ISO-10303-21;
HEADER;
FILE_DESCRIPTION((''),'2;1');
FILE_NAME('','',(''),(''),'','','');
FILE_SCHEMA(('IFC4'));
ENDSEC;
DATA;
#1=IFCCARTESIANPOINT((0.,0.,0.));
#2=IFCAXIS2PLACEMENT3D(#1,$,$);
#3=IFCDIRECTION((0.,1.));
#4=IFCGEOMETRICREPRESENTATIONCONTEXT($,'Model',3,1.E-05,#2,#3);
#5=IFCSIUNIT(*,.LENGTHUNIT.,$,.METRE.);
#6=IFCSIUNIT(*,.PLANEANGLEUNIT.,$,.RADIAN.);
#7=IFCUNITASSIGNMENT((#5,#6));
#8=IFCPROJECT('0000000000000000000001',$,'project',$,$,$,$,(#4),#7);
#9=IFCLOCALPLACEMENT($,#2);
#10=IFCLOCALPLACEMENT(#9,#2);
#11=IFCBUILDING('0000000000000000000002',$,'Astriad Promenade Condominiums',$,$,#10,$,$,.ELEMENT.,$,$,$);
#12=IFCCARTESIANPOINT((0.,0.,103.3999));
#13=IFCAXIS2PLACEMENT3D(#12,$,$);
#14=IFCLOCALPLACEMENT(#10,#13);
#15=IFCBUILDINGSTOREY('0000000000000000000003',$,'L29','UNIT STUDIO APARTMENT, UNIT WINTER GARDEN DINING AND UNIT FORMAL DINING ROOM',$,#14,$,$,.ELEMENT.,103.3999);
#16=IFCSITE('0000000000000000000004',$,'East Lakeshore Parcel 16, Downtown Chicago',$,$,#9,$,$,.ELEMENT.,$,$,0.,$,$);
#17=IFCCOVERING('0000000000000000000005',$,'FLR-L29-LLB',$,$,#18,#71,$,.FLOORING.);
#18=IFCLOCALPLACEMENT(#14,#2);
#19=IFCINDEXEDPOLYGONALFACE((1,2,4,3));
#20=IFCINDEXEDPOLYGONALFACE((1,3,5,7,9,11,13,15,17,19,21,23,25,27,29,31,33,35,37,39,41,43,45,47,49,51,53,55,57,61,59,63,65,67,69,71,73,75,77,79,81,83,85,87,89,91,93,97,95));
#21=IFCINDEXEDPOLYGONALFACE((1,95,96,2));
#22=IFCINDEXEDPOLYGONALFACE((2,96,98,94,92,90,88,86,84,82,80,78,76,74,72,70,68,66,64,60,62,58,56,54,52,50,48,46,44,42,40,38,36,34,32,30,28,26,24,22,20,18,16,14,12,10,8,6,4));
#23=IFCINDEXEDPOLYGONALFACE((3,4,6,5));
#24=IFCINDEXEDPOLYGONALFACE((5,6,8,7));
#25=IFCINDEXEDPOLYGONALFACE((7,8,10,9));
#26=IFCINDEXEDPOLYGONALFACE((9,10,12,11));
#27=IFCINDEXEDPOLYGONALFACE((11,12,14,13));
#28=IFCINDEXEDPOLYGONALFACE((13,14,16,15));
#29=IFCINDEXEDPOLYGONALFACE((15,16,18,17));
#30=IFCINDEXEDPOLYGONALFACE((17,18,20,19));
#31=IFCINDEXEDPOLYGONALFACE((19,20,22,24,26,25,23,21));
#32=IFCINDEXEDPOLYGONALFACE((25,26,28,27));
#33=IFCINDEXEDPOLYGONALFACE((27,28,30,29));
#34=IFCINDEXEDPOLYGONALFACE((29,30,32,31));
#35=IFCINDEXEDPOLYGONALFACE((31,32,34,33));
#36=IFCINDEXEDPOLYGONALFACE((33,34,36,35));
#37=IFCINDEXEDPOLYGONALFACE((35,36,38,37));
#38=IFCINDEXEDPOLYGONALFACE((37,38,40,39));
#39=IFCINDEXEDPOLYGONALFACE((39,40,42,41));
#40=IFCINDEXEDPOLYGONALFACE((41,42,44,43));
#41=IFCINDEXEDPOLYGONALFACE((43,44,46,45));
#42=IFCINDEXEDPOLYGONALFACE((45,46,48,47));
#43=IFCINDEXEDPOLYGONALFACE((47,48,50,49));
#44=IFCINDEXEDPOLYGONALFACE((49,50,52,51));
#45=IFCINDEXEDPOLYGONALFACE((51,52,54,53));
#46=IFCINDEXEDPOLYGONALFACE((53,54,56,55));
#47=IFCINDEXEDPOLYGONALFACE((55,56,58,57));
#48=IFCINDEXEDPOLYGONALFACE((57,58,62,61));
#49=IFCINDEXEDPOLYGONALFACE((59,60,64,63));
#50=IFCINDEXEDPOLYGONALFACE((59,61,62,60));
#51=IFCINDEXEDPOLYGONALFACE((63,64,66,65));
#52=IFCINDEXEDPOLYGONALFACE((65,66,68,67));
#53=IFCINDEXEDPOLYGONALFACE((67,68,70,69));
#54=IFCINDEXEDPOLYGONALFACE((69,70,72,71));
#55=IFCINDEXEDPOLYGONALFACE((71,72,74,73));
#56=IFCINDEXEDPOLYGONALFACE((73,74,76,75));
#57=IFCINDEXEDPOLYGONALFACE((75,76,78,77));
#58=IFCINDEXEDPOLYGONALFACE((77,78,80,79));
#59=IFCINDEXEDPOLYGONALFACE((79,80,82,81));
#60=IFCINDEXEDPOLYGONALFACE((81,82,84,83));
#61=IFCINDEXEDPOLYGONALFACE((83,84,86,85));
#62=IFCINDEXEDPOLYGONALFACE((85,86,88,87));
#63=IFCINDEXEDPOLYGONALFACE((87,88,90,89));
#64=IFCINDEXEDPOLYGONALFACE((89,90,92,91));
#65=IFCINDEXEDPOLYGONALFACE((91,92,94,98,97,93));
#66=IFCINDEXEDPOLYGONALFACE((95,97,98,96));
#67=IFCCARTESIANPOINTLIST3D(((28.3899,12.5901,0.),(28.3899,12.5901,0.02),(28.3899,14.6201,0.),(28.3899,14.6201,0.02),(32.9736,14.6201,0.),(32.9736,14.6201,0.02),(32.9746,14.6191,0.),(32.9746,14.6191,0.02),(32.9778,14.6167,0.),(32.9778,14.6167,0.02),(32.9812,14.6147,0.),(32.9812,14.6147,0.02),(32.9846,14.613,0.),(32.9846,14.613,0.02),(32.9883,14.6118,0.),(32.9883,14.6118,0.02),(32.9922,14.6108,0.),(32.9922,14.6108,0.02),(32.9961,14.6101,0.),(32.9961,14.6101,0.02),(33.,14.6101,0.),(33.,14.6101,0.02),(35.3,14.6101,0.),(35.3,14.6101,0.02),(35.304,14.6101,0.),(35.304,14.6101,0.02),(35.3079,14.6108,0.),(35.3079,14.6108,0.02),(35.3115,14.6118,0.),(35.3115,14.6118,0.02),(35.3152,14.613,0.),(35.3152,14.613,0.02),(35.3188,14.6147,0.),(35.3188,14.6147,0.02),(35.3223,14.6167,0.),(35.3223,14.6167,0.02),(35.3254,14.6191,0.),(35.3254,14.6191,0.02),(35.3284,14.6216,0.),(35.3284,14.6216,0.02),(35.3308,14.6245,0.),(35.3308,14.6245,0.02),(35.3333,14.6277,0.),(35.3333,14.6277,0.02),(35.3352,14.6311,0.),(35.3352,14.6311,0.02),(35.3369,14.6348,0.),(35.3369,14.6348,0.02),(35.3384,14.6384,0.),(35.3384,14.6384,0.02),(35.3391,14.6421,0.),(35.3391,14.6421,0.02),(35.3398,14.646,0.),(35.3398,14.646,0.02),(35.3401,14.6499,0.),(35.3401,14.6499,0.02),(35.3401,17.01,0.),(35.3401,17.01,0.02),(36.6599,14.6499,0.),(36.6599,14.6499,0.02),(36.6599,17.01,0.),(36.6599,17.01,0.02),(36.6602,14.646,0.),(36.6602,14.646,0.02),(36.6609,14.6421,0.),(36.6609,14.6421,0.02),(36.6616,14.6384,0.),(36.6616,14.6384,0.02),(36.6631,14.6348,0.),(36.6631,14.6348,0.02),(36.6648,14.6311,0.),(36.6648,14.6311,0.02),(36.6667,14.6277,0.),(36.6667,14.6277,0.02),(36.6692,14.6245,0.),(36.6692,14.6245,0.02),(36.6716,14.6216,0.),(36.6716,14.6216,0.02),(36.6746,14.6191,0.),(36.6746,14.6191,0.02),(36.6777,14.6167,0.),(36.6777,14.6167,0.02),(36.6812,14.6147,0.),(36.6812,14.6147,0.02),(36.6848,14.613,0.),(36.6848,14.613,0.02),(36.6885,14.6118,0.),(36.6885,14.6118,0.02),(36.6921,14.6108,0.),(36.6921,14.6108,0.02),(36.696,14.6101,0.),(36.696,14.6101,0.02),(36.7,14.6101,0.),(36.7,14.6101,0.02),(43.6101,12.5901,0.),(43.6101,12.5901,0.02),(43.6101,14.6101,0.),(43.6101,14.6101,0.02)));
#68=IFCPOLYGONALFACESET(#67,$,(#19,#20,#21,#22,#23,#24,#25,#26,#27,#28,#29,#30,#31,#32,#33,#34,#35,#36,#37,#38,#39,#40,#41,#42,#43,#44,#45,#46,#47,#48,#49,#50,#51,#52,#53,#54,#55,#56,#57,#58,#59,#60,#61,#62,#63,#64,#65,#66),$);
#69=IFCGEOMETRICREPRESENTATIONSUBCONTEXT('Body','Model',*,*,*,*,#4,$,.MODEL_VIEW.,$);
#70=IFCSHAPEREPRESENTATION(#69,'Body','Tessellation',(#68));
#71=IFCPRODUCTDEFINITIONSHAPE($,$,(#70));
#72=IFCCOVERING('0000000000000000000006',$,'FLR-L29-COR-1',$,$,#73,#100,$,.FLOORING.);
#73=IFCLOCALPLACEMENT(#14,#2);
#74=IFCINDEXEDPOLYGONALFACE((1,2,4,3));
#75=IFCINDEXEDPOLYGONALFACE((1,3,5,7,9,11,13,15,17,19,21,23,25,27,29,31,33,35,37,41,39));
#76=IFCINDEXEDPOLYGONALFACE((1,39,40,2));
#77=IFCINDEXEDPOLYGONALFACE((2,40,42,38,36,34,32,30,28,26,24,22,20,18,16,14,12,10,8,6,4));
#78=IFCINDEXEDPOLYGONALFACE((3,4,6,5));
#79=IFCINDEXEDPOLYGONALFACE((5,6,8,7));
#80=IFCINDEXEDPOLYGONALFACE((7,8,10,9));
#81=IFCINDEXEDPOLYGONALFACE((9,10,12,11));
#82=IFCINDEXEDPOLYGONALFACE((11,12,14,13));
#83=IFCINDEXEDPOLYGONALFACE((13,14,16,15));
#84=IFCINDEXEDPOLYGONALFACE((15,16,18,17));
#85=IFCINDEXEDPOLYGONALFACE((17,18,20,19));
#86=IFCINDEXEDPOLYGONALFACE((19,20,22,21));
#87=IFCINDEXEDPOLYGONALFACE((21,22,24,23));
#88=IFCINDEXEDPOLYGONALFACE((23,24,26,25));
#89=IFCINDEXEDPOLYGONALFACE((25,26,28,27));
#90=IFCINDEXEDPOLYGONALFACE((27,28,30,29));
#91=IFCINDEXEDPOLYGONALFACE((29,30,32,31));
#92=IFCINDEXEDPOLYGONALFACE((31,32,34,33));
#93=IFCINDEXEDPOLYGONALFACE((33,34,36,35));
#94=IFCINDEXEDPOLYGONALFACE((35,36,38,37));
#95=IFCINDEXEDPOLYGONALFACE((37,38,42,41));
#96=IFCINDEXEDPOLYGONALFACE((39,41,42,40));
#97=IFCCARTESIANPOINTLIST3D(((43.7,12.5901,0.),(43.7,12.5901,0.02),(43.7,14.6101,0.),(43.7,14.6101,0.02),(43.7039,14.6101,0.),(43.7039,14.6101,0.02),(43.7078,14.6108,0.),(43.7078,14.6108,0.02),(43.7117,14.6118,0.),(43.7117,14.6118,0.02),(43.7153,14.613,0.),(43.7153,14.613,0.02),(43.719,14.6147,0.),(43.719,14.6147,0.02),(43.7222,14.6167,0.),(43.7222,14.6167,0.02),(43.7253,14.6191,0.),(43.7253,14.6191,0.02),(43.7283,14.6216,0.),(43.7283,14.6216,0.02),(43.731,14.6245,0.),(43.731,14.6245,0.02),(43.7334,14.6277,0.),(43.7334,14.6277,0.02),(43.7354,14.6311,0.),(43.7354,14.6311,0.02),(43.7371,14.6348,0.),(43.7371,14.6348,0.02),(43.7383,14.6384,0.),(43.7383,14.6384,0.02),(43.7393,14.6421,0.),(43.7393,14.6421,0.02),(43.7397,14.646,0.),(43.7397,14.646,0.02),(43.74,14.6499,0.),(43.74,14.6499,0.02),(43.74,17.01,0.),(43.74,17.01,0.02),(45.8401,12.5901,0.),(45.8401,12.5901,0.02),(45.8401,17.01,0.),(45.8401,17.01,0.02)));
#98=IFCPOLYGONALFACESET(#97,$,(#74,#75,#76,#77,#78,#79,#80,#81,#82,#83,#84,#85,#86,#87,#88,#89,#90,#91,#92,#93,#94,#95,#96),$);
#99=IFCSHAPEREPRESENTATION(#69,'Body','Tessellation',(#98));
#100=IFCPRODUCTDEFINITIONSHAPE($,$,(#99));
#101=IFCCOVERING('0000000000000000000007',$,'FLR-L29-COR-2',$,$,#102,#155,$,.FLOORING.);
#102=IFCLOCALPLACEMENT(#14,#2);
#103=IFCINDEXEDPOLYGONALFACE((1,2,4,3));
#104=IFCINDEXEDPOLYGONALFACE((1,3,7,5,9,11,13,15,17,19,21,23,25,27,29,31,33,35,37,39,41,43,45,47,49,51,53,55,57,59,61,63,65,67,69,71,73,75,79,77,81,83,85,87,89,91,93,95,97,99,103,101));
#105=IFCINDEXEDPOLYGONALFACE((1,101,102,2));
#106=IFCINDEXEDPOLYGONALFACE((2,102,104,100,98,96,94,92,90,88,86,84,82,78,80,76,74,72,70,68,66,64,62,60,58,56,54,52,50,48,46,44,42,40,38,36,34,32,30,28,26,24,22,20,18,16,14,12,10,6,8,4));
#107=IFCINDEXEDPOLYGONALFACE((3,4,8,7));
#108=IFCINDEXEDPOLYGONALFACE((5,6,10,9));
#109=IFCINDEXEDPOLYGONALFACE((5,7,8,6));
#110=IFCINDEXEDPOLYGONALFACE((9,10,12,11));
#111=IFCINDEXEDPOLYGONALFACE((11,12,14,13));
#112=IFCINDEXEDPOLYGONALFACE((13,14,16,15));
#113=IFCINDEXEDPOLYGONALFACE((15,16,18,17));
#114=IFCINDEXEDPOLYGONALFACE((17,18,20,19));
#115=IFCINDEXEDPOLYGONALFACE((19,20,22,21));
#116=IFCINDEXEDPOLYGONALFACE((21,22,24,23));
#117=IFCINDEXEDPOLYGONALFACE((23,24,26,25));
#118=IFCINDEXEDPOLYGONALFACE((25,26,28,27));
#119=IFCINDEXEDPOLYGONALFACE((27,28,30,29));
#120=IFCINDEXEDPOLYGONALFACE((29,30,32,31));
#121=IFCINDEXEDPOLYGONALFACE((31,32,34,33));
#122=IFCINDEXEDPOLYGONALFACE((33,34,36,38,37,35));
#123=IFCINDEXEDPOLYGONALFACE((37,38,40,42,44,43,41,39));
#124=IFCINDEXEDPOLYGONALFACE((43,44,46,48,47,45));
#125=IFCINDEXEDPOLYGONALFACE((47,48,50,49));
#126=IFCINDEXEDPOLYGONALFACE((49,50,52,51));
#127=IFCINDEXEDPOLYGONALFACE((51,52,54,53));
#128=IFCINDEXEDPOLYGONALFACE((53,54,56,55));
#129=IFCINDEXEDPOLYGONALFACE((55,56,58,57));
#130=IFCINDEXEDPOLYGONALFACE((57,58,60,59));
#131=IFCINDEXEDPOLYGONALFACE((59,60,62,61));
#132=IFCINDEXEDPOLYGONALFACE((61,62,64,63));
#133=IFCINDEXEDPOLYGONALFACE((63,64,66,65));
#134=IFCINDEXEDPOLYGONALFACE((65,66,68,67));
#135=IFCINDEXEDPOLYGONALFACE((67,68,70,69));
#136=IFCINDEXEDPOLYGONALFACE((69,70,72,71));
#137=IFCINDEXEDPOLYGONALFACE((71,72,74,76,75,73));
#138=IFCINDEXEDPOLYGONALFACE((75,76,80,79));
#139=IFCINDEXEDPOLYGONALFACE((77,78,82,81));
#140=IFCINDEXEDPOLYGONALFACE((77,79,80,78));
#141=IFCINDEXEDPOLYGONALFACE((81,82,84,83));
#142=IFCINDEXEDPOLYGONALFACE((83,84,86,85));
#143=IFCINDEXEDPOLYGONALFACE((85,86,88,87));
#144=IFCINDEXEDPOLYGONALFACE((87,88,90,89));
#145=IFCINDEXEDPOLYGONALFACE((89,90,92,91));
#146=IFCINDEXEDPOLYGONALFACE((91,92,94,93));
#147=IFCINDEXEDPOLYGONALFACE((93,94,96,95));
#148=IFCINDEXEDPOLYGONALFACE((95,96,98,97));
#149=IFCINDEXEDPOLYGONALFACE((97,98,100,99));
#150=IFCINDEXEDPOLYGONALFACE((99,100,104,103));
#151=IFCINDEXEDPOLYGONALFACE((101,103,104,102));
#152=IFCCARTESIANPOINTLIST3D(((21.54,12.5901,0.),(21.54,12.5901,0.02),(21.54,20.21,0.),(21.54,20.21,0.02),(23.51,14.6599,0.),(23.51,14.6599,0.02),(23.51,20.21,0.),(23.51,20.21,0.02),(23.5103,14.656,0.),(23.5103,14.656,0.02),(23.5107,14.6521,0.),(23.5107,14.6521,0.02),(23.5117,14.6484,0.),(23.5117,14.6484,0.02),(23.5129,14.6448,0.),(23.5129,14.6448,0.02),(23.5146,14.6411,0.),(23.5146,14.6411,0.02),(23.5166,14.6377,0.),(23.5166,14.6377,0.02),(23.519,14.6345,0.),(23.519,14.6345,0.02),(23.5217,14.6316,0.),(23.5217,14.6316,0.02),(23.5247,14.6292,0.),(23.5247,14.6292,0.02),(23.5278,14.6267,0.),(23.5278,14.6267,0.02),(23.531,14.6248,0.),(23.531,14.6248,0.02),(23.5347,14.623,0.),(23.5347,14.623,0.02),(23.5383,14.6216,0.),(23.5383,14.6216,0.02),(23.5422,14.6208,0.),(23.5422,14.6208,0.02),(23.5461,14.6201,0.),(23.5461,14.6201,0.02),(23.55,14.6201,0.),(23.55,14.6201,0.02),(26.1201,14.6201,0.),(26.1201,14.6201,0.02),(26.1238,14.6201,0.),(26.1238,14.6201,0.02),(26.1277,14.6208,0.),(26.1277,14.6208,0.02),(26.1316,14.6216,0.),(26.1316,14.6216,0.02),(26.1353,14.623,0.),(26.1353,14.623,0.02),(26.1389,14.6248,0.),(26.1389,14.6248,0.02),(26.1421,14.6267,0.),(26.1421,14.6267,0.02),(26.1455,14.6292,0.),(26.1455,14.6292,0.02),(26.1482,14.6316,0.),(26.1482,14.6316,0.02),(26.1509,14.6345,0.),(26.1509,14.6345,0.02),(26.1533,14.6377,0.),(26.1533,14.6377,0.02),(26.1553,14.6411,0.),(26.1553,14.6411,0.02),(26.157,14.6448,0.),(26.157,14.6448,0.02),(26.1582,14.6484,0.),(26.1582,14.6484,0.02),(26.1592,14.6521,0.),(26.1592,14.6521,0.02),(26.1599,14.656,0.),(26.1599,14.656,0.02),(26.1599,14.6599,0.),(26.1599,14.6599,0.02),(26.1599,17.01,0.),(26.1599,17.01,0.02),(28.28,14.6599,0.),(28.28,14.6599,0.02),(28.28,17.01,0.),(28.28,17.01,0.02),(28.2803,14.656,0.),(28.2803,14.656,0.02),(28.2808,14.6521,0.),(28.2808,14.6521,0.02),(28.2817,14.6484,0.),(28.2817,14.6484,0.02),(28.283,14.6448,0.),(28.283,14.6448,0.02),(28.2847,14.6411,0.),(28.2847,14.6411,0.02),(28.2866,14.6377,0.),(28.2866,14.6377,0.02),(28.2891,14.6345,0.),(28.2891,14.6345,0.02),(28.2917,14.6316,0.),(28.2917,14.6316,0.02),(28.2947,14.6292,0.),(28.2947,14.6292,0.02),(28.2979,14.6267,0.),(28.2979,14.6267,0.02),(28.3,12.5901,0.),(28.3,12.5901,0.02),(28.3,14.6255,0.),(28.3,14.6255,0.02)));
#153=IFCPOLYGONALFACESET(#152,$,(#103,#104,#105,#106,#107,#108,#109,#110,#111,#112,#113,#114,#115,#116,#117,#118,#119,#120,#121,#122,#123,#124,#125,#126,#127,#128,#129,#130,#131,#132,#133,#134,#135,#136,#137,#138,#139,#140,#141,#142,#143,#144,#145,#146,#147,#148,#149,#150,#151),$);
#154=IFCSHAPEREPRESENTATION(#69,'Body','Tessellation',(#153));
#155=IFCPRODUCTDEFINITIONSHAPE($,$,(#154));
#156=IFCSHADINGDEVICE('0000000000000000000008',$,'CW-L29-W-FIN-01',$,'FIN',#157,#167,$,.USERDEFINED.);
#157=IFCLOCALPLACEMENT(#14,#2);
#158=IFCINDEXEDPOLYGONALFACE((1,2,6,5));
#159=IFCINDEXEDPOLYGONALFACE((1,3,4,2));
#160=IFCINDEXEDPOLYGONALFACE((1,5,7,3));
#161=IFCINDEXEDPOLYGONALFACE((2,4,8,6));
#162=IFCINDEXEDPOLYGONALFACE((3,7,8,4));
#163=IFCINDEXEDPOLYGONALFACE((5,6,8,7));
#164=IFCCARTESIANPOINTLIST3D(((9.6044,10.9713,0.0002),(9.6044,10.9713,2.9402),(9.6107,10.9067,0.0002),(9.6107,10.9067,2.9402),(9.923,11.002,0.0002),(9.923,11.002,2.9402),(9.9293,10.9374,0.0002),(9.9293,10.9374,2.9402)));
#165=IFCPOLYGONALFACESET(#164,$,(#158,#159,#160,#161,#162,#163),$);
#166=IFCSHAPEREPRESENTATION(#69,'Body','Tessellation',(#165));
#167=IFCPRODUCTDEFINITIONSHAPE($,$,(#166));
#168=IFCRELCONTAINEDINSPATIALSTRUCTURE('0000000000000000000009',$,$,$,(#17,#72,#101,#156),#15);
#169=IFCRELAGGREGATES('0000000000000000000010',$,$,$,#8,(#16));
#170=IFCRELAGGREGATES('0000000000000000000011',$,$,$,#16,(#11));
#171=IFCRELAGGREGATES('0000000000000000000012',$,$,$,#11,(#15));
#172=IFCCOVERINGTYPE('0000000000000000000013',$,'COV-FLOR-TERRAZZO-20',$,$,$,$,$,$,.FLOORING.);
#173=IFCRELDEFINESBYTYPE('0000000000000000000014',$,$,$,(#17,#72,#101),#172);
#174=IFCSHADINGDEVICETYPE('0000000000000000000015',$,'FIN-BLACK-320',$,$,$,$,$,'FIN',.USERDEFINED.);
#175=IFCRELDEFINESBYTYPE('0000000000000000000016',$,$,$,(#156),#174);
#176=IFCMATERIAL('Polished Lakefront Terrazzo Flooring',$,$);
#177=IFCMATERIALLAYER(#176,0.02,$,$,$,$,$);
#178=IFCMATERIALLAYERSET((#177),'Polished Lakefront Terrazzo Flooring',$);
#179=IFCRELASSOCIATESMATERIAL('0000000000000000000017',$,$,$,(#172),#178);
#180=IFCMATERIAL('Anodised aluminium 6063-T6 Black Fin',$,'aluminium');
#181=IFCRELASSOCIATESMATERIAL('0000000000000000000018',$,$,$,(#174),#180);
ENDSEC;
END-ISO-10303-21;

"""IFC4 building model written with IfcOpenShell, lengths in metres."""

from ifc_helpers import new_model, si_unit, direction, frame, origin, origin_2d, place, context, subcontext, project, spatial, polyline, rectangle, outline, extrude, source, transform, mapped, material, layer, layer_set, type_object, type_shapes, element, save


model = new_model("IFC4")

# Units and contexts
model_context = context("Model", 3, precision=1e-05, world=origin(), true_north=direction((0.0, 1.0)))
body_context = subcontext(model_context, "Body", "Model", "MODEL_VIEW")
ifc_project = project(units=[si_unit("LENGTHUNIT", "METRE"), si_unit("PLANEANGLEUNIT", "RADIAN")], contexts=[model_context])

# Site, building, storey
site_placement = place(None, origin())
site = spatial("IfcSite", under=ifc_project, at=site_placement, Name="East Lakeshore Parcel 16, Downtown Chicago", CompositionType="ELEMENT", RefElevation=0.0)
building_placement = place(site_placement, origin())
building = spatial("IfcBuilding", under=site, at=building_placement, Name="Astriad Promenade Condominiums", CompositionType="ELEMENT")
storey_placement = place(building_placement, frame((0.0, 0.0, 103.3999)))
storey = spatial("IfcBuildingStorey", under=building, at=storey_placement, Name="L29", Description="UNIT STUDIO APARTMENT, UNIT WINTER GARDEN DINING AND UNIT FORMAL DINING ROOM", CompositionType="ELEMENT", Elevation=103.3999)

# Coverings
ifc_material_1 = material(Name="Polished Lakefront Terrazzo Flooring")
ifc_layer_1 = layer(ifc_material_1, 0.02)
ifc_layer_set_1 = layer_set([ifc_layer_1], Name="Polished Lakefront Terrazzo Flooring")
covering_type = type_object("IfcCoveringType", Name="COV-FLOR-TERRAZZO-20", PredefinedType="FLOORING", material=ifc_layer_set_1)
covering_1_placement = place(storey_placement, origin())
element("IfcCovering", 1, at=covering_1_placement, inside=storey, type_object=covering_type, Name="FLR-L29-LLB", PredefinedType="FLOORING", context=body_context, shape_type="SweptSolid", body=[
    extrude(outline(polyline([(32.9736, 14.6201), (32.9746, 14.6191), (32.9778, 14.6167), (32.9812, 14.6147), (32.9846, 14.613), (32.9883, 14.6118), (32.9922, 14.6108), (32.9961, 14.6101), (33.0, 14.6101), (35.3, 14.6101), (35.304, 14.6101), (35.3079, 14.6108), (35.3115, 14.6118), (35.3152, 14.613), (35.3188, 14.6147), (35.3223, 14.6167), (35.3254, 14.6191), (35.3284, 14.6216), (35.3308, 14.6245), (35.3333, 14.6277), (35.3352, 14.6311), (35.3369, 14.6348), (35.3384, 14.6384), (35.3391, 14.6421), (35.3398, 14.646), (35.3401, 14.6499), (35.3401, 17.01), (36.6599, 17.01), (36.6599, 14.6499), (36.6602, 14.646), (36.6609, 14.6421), (36.6616, 14.6384), (36.6631, 14.6348), (36.6648, 14.6311), (36.6667, 14.6277), (36.6692, 14.6245), (36.6716, 14.6216), (36.6746, 14.6191), (36.6777, 14.6167), (36.6812, 14.6147), (36.6848, 14.613), (36.6885, 14.6118), (36.6921, 14.6108), (36.696, 14.6101), (36.7, 14.6101), (43.6101, 14.6101), (43.6101, 12.5901), (28.3899, 12.5901), (28.3899, 14.6201), (32.9736, 14.6201)])), origin(), (0.0, 0.0, 1.0), 0.02),
])
covering_2_placement = place(storey_placement, origin())
element("IfcCovering", 2, at=covering_2_placement, inside=storey, type_object=covering_type, Name="FLR-L29-COR-1", PredefinedType="FLOORING", context=body_context, shape_type="SweptSolid", body=[
    extrude(outline(polyline([(43.7, 12.5901), (43.7, 14.6101), (43.7039, 14.6101), (43.7078, 14.6108), (43.7117, 14.6118), (43.7153, 14.613), (43.719, 14.6147), (43.7222, 14.6167), (43.7253, 14.6191), (43.7283, 14.6216), (43.731, 14.6245), (43.7334, 14.6277), (43.7354, 14.6311), (43.7371, 14.6348), (43.7383, 14.6384), (43.7393, 14.6421), (43.7397, 14.646), (43.74, 14.6499), (43.74, 17.01), (45.8401, 17.01), (45.8401, 12.5901), (43.7, 12.5901)])), origin(), (0.0, 0.0, 1.0), 0.02),
])
covering_3_placement = place(storey_placement, origin())
element("IfcCovering", 3, at=covering_3_placement, inside=storey, type_object=covering_type, Name="FLR-L29-COR-2", PredefinedType="FLOORING", context=body_context, shape_type="SweptSolid", body=[
    extrude(outline(polyline([(28.3, 12.5901), (21.54, 12.5901), (21.54, 20.21), (23.51, 20.21), (23.51, 14.6599), (23.5103, 14.656), (23.5107, 14.6521), (23.5117, 14.6484), (23.5129, 14.6448), (23.5146, 14.6411), (23.5166, 14.6377), (23.519, 14.6345), (23.5217, 14.6316), (23.5247, 14.6292), (23.5278, 14.6267), (23.531, 14.6248), (23.5347, 14.623), (23.5383, 14.6216), (23.5422, 14.6208), (23.5461, 14.6201), (23.55, 14.6201), (26.1201, 14.6201), (26.1238, 14.6201), (26.1277, 14.6208), (26.1316, 14.6216), (26.1353, 14.623), (26.1389, 14.6248), (26.1421, 14.6267), (26.1455, 14.6292), (26.1482, 14.6316), (26.1509, 14.6345), (26.1533, 14.6377), (26.1553, 14.6411), (26.157, 14.6448), (26.1582, 14.6484), (26.1592, 14.6521), (26.1599, 14.656), (26.1599, 14.6599), (26.1599, 17.01), (28.28, 17.01), (28.28, 14.6599), (28.2803, 14.656), (28.2808, 14.6521), (28.2817, 14.6484), (28.283, 14.6448), (28.2847, 14.6411), (28.2866, 14.6377), (28.2891, 14.6345), (28.2917, 14.6316), (28.2947, 14.6292), (28.2979, 14.6267), (28.3, 14.6255), (28.3, 12.5901)])), origin(), (0.0, 0.0, 1.0), 0.02),
])

# Shading device
ifc_material_2 = material(Name="Anodised aluminium 6063-T6 Black Fin", Category="aluminium")
shading_device_type = type_object("IfcShadingDeviceType", Name="FIN-BLACK-320", ElementType="FIN", PredefinedType="USERDEFINED", material=ifc_material_2)
shared_shape_1 = source(origin(), body_context, "Body", "SweptSolid", [
    extrude(rectangle(XDim=0.0649, YDim=0.3201, at=origin_2d()), origin(), (0.0, 0.0, 1.0), 2.9399),
])
type_shapes(shading_device_type, [shared_shape_1])
shading_device_placement = place(storey_placement, frame((9.7668, 10.9543, 0.0002), z_axis=(0.0, 0.0, 1.0), x_axis=(-0.095846, 0.995396, 0.0)))
element("IfcShadingDevice", 4, at=shading_device_placement, inside=storey, type_object=shading_device_type, Name="CW-L29-W-FIN-01", ObjectType="FIN", PredefinedType="USERDEFINED", context=body_context, shape_type="MappedRepresentation", body=[
    mapped(shared_shape_1, transform((0.0, 0.0, 0.0), scale=1.0)),
])

save(model, "model.ifc")
